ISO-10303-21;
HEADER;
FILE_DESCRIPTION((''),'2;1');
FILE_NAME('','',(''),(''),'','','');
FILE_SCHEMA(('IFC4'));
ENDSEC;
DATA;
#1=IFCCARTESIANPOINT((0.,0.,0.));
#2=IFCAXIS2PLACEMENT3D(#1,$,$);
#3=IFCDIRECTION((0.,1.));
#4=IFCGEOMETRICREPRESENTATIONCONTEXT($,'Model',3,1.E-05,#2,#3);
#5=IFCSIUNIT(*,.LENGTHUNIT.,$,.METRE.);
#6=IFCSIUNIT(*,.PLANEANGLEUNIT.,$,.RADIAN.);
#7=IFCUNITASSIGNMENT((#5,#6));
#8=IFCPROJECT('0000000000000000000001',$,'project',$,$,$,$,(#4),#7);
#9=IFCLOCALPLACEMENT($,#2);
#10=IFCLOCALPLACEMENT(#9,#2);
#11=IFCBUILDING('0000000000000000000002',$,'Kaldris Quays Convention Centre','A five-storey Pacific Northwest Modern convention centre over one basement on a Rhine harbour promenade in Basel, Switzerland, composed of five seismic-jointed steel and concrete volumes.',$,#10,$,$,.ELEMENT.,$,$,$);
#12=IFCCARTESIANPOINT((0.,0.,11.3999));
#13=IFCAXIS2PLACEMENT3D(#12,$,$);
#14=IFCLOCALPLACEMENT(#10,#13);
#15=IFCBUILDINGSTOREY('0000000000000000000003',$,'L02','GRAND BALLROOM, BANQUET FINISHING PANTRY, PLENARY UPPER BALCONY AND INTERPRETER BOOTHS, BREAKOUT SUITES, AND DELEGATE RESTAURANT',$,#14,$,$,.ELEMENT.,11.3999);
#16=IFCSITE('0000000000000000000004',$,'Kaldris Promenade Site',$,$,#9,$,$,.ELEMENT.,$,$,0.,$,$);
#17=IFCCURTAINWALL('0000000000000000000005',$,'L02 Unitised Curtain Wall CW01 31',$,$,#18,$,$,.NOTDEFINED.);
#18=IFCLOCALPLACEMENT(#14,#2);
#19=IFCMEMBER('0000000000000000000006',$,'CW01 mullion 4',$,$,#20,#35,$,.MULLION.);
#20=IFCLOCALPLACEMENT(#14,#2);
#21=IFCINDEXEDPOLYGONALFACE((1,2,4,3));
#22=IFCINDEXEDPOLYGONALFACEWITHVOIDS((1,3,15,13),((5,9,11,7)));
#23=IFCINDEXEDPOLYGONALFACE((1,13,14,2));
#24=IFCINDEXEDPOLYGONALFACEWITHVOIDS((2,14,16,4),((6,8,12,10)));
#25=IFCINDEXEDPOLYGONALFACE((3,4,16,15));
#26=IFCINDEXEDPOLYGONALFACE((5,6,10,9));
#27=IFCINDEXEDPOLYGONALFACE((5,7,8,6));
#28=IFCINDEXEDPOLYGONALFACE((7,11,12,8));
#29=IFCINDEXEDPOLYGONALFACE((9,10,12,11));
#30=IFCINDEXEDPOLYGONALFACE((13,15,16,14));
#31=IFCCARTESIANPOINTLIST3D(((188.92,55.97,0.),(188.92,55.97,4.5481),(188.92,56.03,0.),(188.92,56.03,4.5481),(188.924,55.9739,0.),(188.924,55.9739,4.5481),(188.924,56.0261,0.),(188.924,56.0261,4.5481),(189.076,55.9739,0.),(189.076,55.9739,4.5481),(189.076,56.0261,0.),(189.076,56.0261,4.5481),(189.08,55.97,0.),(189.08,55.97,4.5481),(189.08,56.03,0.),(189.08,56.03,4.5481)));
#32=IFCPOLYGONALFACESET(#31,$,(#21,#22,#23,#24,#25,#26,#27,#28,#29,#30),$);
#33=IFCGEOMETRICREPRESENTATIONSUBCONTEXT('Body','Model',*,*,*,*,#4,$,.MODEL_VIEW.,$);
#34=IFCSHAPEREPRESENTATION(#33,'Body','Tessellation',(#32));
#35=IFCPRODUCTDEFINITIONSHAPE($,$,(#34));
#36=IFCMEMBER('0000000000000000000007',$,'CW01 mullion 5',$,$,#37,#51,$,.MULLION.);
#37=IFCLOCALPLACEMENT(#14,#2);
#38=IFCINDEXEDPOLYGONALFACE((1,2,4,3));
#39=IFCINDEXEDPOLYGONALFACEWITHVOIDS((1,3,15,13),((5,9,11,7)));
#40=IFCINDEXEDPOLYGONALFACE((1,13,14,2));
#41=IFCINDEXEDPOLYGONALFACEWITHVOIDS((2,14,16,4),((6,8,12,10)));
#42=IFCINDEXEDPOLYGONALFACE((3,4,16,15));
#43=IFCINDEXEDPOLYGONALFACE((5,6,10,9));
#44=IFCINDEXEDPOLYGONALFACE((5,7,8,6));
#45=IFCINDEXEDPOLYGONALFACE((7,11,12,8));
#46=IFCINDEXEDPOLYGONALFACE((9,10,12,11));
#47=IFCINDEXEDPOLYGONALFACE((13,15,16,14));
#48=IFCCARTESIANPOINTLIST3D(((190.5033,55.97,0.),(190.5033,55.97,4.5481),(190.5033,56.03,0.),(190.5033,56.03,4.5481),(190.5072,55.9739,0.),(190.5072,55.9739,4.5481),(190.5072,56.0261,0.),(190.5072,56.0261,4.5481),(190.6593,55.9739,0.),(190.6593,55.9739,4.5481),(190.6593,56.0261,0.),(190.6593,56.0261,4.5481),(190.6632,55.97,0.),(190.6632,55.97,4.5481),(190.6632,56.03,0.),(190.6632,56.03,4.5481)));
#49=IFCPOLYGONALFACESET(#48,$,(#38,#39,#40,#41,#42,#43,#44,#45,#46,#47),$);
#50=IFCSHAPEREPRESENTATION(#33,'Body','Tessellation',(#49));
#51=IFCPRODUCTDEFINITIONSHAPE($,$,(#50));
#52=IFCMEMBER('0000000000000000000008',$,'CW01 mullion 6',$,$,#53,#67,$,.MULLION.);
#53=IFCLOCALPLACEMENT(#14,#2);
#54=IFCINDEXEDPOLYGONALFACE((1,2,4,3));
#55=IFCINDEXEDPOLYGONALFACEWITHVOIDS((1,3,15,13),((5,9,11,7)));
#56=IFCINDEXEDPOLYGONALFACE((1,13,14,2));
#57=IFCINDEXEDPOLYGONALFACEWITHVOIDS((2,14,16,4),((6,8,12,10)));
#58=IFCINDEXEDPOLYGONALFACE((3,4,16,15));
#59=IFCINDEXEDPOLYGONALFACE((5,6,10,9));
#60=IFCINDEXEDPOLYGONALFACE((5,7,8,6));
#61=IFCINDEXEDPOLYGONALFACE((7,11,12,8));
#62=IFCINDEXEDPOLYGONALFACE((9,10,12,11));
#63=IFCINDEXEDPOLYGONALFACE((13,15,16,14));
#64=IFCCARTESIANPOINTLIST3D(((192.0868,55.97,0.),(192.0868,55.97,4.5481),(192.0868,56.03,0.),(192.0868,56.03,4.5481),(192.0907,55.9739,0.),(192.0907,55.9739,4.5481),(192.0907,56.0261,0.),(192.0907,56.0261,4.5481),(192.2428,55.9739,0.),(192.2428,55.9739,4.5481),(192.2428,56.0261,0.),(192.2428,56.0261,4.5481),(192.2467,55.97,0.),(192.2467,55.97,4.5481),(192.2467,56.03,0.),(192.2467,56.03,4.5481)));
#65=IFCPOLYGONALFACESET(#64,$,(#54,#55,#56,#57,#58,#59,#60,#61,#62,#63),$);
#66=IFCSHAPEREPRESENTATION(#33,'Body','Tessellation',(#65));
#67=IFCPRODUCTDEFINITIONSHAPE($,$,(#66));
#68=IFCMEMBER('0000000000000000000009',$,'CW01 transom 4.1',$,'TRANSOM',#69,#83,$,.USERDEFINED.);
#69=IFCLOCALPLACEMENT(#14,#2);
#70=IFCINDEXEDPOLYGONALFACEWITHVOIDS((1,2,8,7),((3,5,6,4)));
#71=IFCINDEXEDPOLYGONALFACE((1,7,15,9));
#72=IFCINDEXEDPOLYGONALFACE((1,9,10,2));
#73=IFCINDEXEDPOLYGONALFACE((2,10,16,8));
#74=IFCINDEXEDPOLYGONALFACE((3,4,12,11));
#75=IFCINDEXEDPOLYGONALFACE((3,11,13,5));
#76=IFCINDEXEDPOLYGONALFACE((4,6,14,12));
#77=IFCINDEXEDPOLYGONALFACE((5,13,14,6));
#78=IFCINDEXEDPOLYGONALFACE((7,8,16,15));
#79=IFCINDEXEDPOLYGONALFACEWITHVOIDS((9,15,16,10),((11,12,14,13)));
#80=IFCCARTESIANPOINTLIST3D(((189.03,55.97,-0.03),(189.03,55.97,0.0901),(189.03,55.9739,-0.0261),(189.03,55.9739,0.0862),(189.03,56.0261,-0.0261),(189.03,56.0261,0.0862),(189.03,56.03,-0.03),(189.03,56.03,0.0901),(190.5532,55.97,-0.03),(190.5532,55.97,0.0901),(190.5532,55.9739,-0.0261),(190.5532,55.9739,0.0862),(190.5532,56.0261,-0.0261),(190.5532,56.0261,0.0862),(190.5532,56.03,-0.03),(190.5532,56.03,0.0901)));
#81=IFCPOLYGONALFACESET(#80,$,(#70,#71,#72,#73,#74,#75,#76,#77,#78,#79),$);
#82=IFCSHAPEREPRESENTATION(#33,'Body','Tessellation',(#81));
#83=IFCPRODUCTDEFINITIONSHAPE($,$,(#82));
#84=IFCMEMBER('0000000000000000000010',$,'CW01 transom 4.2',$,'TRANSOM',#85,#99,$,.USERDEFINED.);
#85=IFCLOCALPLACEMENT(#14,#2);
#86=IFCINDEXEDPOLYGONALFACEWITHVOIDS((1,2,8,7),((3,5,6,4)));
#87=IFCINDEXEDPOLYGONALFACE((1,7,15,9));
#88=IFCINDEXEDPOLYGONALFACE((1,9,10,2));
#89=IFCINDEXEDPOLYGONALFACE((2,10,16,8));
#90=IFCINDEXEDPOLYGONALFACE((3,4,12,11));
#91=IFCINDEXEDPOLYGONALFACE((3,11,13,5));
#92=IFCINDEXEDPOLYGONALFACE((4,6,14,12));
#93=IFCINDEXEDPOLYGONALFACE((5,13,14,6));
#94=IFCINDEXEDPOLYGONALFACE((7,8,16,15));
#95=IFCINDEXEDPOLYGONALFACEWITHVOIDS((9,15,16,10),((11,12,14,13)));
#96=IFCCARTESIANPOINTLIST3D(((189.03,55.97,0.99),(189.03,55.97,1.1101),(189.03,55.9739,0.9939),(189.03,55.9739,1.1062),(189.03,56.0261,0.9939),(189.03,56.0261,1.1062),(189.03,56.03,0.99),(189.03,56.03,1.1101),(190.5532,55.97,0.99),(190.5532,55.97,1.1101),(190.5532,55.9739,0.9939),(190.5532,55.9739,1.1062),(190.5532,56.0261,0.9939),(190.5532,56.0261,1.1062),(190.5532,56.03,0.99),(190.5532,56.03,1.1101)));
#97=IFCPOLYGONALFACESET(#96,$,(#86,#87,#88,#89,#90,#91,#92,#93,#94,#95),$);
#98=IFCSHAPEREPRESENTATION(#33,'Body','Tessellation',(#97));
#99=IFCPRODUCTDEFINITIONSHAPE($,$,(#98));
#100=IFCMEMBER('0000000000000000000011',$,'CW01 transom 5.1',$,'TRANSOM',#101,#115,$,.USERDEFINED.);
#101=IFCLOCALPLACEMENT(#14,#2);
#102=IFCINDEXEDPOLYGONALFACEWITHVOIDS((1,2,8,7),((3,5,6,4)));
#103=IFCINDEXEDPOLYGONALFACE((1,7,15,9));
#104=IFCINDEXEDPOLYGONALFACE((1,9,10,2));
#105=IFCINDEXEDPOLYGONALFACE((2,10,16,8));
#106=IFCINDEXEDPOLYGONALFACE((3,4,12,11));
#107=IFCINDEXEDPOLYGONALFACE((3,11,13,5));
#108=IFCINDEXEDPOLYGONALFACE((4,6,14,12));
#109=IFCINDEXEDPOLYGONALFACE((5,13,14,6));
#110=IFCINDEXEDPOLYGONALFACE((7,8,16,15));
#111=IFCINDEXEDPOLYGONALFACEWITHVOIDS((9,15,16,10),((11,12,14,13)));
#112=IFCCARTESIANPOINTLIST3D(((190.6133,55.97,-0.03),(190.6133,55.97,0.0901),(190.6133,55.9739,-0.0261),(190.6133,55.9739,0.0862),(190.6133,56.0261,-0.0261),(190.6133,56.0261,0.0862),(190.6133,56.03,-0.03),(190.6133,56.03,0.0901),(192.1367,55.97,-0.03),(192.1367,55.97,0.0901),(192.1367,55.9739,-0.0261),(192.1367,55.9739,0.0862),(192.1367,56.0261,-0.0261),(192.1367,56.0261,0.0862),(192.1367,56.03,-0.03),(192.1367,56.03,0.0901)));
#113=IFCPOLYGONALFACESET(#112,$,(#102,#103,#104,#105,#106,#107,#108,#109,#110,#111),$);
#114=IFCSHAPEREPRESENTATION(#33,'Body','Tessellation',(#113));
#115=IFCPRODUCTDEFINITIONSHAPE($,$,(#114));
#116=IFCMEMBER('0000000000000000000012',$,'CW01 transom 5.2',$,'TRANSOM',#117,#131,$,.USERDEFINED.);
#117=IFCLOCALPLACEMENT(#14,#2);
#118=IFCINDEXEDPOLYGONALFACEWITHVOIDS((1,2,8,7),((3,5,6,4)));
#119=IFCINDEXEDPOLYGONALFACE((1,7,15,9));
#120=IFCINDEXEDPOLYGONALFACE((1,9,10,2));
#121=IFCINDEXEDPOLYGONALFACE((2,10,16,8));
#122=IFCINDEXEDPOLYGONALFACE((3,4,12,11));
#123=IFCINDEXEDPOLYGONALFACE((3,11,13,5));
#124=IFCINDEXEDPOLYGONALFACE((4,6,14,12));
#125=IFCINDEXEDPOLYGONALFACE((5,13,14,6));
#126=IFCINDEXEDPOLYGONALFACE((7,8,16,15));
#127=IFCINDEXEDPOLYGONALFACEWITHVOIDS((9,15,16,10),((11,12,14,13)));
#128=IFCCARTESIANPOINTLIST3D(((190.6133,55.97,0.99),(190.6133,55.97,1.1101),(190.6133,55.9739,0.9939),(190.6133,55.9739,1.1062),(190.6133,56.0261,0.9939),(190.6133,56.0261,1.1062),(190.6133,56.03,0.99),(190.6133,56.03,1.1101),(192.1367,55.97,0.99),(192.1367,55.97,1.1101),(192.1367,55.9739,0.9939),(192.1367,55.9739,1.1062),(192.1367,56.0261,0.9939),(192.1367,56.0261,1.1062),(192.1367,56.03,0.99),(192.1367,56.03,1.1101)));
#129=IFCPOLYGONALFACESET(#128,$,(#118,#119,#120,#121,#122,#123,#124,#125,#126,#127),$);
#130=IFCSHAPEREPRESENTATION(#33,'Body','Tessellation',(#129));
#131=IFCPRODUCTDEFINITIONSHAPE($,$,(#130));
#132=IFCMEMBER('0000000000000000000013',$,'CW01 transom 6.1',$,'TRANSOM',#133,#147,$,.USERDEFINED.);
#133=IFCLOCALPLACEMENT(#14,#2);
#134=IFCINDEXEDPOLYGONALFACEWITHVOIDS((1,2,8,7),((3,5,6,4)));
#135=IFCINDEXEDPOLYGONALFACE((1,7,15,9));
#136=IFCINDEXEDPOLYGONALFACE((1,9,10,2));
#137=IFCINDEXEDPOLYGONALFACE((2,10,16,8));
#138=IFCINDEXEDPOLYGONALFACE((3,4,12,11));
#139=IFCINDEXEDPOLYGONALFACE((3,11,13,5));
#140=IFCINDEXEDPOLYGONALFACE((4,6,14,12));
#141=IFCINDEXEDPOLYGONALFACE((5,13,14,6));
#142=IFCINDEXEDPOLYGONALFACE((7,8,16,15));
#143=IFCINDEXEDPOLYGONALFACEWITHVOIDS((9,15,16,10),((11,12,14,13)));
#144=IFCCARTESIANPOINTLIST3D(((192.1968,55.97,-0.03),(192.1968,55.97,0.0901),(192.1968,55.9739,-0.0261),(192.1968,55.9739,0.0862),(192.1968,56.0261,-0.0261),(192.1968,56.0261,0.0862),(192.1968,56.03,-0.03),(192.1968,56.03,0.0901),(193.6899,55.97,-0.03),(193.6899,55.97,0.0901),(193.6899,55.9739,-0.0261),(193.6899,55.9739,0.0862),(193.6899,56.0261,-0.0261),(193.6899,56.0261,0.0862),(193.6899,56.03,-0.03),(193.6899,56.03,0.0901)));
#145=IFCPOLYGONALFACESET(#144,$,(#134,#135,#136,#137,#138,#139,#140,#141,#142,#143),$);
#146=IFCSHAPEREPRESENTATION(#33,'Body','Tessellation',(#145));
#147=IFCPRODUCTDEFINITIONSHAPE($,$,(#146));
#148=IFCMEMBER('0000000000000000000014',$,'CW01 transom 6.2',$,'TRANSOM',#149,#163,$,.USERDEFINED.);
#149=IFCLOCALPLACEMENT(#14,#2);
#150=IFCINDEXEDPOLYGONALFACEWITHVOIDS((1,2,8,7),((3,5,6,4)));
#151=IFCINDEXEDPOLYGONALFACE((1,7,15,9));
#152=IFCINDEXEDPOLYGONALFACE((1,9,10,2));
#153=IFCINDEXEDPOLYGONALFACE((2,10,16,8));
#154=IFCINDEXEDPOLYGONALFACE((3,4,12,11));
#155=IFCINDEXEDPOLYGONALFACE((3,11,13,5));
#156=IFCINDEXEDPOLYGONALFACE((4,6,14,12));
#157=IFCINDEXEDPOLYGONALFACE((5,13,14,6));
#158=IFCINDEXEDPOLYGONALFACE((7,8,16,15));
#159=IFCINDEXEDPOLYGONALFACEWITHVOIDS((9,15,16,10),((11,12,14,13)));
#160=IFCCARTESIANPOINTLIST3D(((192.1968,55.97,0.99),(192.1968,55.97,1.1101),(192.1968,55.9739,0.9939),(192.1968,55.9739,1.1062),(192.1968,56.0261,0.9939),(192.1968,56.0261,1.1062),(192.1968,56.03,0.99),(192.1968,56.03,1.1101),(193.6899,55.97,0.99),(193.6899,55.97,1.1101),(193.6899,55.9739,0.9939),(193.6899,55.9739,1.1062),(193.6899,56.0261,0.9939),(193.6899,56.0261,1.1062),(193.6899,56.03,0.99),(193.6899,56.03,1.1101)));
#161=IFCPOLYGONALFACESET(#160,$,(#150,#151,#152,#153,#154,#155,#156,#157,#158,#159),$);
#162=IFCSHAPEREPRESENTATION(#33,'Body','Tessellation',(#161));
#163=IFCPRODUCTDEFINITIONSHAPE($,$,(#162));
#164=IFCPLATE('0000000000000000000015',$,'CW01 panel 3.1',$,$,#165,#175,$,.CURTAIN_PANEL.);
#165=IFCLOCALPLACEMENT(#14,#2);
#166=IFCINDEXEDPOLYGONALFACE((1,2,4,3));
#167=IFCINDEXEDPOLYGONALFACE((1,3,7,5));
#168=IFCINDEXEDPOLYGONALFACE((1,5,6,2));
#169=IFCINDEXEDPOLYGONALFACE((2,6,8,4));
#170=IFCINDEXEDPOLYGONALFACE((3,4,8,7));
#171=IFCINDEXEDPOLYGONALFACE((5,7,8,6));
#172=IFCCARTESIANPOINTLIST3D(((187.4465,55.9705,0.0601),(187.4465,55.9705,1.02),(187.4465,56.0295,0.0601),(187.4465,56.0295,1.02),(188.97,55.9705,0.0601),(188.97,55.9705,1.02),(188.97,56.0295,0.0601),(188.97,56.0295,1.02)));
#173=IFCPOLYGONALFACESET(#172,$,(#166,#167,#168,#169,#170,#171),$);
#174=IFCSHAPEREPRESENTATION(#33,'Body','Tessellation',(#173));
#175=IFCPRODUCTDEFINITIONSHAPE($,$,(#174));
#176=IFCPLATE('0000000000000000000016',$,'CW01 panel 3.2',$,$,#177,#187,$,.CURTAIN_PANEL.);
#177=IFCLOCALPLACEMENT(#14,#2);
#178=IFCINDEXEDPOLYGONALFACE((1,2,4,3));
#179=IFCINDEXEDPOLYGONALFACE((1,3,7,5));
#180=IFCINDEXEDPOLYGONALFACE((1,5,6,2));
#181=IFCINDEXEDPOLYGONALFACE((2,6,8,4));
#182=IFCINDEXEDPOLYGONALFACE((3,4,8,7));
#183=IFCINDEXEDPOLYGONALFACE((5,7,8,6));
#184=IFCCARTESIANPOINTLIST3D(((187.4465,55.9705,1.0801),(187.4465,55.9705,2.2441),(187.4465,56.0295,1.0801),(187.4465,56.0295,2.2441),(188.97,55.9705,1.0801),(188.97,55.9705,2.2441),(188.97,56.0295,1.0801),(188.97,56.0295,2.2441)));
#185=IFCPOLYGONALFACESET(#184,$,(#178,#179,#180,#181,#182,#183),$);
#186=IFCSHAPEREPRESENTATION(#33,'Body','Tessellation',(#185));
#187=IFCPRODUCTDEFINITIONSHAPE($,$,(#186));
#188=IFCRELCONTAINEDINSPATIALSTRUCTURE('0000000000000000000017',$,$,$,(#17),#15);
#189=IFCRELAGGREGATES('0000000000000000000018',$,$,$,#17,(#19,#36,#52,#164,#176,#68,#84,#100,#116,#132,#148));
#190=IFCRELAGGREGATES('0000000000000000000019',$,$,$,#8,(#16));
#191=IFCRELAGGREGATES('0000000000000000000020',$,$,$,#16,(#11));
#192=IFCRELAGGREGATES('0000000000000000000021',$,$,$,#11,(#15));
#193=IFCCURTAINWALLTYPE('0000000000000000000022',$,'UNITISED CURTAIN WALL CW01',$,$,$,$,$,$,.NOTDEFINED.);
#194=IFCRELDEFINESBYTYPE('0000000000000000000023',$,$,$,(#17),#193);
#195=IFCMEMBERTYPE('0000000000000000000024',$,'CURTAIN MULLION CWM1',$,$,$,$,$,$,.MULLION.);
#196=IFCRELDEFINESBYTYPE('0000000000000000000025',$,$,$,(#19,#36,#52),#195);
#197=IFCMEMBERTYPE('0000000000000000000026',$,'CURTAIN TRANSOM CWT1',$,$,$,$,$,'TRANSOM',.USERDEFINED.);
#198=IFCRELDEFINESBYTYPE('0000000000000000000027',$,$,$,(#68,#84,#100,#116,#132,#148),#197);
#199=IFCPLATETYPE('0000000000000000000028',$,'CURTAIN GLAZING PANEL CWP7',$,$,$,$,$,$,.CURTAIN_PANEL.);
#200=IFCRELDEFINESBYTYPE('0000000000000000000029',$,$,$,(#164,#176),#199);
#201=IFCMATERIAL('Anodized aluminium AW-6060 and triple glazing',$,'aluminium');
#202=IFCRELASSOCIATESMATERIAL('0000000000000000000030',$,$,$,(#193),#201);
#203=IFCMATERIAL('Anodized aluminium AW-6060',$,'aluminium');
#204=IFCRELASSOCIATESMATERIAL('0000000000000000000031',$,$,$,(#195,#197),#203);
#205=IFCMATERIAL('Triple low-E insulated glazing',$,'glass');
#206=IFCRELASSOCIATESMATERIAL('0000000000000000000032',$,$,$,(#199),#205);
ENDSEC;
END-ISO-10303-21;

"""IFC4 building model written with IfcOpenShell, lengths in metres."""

from ifc_helpers import new_model, si_unit, direction, frame, origin, origin_2d, place, context, subcontext, project, spatial, rectangle, hollow_rectangle, extrude, material, material_profile, profile_set, type_object, element, aggregate, save


model = new_model("IFC4")

# Units and contexts
model_context = context("Model", 3, precision=1e-05, world=origin(), true_north=direction((0.0, 1.0)))
body_context = subcontext(model_context, "Body", "Model", "MODEL_VIEW")
ifc_project = project(units=[si_unit("LENGTHUNIT", "METRE"), si_unit("PLANEANGLEUNIT", "RADIAN")], contexts=[model_context])

# Site, building, storey
site_placement = place(None, origin())
site = spatial("IfcSite", under=ifc_project, at=site_placement, Name="Kaldris Promenade Site", CompositionType="ELEMENT", RefElevation=0.0)
building_placement = place(site_placement, origin())
building = spatial("IfcBuilding", under=site, at=building_placement, Name="Kaldris Quays Convention Centre", Description="A five-storey Pacific Northwest Modern convention centre over one basement on a Rhine harbour promenade in Basel, Switzerland, composed of five seismic-jointed steel and concrete volumes.", CompositionType="ELEMENT")
storey_placement = place(building_placement, frame((0.0, 0.0, 11.3999)))
storey = spatial("IfcBuildingStorey", under=building, at=storey_placement, Name="L02", Description="GRAND BALLROOM, BANQUET FINISHING PANTRY, PLENARY UPPER BALCONY AND INTERPRETER BOOTHS, BREAKOUT SUITES, AND DELEGATE RESTAURANT", CompositionType="ELEMENT", Elevation=11.3999)

# Curtain wall, members, plates
ifc_material_1 = material(Name="Anodized aluminium AW-6060 and triple glazing", Category="aluminium")
curtain_wall_type = type_object("IfcCurtainWallType", Name="UNITISED CURTAIN WALL CW01", PredefinedType="NOTDEFINED", material=ifc_material_1)
curtain_wall_placement = place(storey_placement, origin())
curtain_wall = element("IfcCurtainWall", 1, at=curtain_wall_placement, inside=storey, type_object=curtain_wall_type, Name="L02 Unitised Curtain Wall CW01 31", PredefinedType="NOTDEFINED")
ifc_material_2 = material(Name="Anodized aluminium AW-6060", Category="aluminium")
ifc_material_profile_1 = material_profile(ifc_material_2, hollow_rectangle(XDim=0.0601, YDim=0.1599, WallThickness=0.0039, at=origin_2d()), Name="RHS 160x60x4")
ifc_profile_set_1 = profile_set([ifc_material_profile_1], Name="Anodized aluminium AW-6060")
member_type_1 = type_object("IfcMemberType", Name="CURTAIN MULLION CWM1", PredefinedType="MULLION", material=ifc_profile_set_1)
member_1_placement = place(storey_placement, frame((189.0, 56.0, 0.0), z_axis=(0.0, 0.0, 1.0), x_axis=(0.0, 1.0, 0.0)))
member_1 = element("IfcMember", 2, at=member_1_placement, type_object=member_type_1, Name="CW01 mullion 4", PredefinedType="MULLION", context=body_context, shape_type="SweptSolid", body=[
    extrude(hollow_rectangle(XDim=0.0601, YDim=0.1599, WallThickness=0.0039, at=origin_2d()), origin(), (0.0, 0.0, 1.0), 4.5481),
])
member_2_placement = place(storey_placement, frame((190.5833, 56.0, 0.0), z_axis=(0.0, 0.0, 1.0), x_axis=(0.0, 1.0, 0.0)))
member_2 = element("IfcMember", 3, at=member_2_placement, type_object=member_type_1, Name="CW01 mullion 5", PredefinedType="MULLION", context=body_context, shape_type="SweptSolid", body=[
    extrude(hollow_rectangle(XDim=0.0601, YDim=0.1599, WallThickness=0.0039, at=origin_2d()), origin(), (0.0, 0.0, 1.0), 4.5481),
])
member_3_placement = place(storey_placement, frame((192.1667, 56.0, 0.0), z_axis=(0.0, 0.0, 1.0), x_axis=(0.0, 1.0, 0.0)))
member_3 = element("IfcMember", 4, at=member_3_placement, type_object=member_type_1, Name="CW01 mullion 6", PredefinedType="MULLION", context=body_context, shape_type="SweptSolid", body=[
    extrude(hollow_rectangle(XDim=0.0601, YDim=0.1599, WallThickness=0.0039, at=origin_2d()), origin(), (0.0, 0.0, 1.0), 4.5481),
])
ifc_material_profile_2 = material_profile(ifc_material_2, hollow_rectangle(XDim=0.0601, YDim=0.1201, WallThickness=0.0039, at=origin_2d()), Name="RHS 120x60x4")
ifc_profile_set_2 = profile_set([ifc_material_profile_2], Name="Anodized aluminium AW-6060")
member_type_2 = type_object("IfcMemberType", Name="CURTAIN TRANSOM CWT1", ElementType="TRANSOM", PredefinedType="USERDEFINED", material=ifc_profile_set_2)
member_4_placement = place(storey_placement, frame((189.03, 56.0, 0.03), z_axis=(1.0, 0.0, 0.0), x_axis=(0.0, 1.0, 0.0)))
member_4 = element("IfcMember", 5, at=member_4_placement, type_object=member_type_2, Name="CW01 transom 4.1", ObjectType="TRANSOM", PredefinedType="USERDEFINED", context=body_context, shape_type="SweptSolid", body=[
    extrude(hollow_rectangle(XDim=0.0601, YDim=0.1201, WallThickness=0.0039, at=origin_2d()), origin(), (0.0, 0.0, 1.0), 1.5232),
])
member_5_placement = place(storey_placement, frame((189.03, 56.0, 1.05), z_axis=(1.0, 0.0, 0.0), x_axis=(0.0, 1.0, 0.0)))
member_5 = element("IfcMember", 6, at=member_5_placement, type_object=member_type_2, Name="CW01 transom 4.2", ObjectType="TRANSOM", PredefinedType="USERDEFINED", context=body_context, shape_type="SweptSolid", body=[
    extrude(hollow_rectangle(XDim=0.0601, YDim=0.1201, WallThickness=0.0039, at=origin_2d()), origin(), (0.0, 0.0, 1.0), 1.5232),
])
member_6_placement = place(storey_placement, frame((190.6133, 56.0, 0.03), z_axis=(1.0, 0.0, 0.0), x_axis=(0.0, 1.0, 0.0)))
member_6 = element("IfcMember", 7, at=member_6_placement, type_object=member_type_2, Name="CW01 transom 5.1", ObjectType="TRANSOM", PredefinedType="USERDEFINED", context=body_context, shape_type="SweptSolid", body=[
    extrude(hollow_rectangle(XDim=0.0601, YDim=0.1201, WallThickness=0.0039, at=origin_2d()), origin(), (0.0, 0.0, 1.0), 1.5234),
])
member_7_placement = place(storey_placement, frame((190.6133, 56.0, 1.05), z_axis=(1.0, 0.0, 0.0), x_axis=(0.0, 1.0, 0.0)))
member_7 = element("IfcMember", 8, at=member_7_placement, type_object=member_type_2, Name="CW01 transom 5.2", ObjectType="TRANSOM", PredefinedType="USERDEFINED", context=body_context, shape_type="SweptSolid", body=[
    extrude(hollow_rectangle(XDim=0.0601, YDim=0.1201, WallThickness=0.0039, at=origin_2d()), origin(), (0.0, 0.0, 1.0), 1.5234),
])
member_8_placement = place(storey_placement, frame((192.1968, 56.0, 0.03), z_axis=(1.0, 0.0, 0.0), x_axis=(0.0, 1.0, 0.0)))
member_8 = element("IfcMember", 9, at=member_8_placement, type_object=member_type_2, Name="CW01 transom 6.1", ObjectType="TRANSOM", PredefinedType="USERDEFINED", context=body_context, shape_type="SweptSolid", body=[
    extrude(hollow_rectangle(XDim=0.0601, YDim=0.1201, WallThickness=0.0039, at=origin_2d()), origin(), (0.0, 0.0, 1.0), 1.4932),
])
member_9_placement = place(storey_placement, frame((192.1968, 56.0, 1.05), z_axis=(1.0, 0.0, 0.0), x_axis=(0.0, 1.0, 0.0)))
member_9 = element("IfcMember", 10, at=member_9_placement, type_object=member_type_2, Name="CW01 transom 6.2", ObjectType="TRANSOM", PredefinedType="USERDEFINED", context=body_context, shape_type="SweptSolid", body=[
    extrude(hollow_rectangle(XDim=0.0601, YDim=0.1201, WallThickness=0.0039, at=origin_2d()), origin(), (0.0, 0.0, 1.0), 1.4932),
])
ifc_material_3 = material(Name="Triple low-E insulated glazing", Category="glass")
plate_type = type_object("IfcPlateType", Name="CURTAIN GLAZING PANEL CWP7", PredefinedType="CURTAIN_PANEL", material=ifc_material_3)
plate_1_placement = place(storey_placement, frame((188.2083, 56.0, 0.0601), z_axis=(0.0, 0.0, 1.0), x_axis=(1.0, 0.0, 0.0)))
plate_1 = element("IfcPlate", 11, at=plate_1_placement, type_object=plate_type, Name="CW01 panel 3.1", PredefinedType="CURTAIN_PANEL", context=body_context, shape_type="SweptSolid", body=[
    extrude(rectangle(XDim=1.5234, YDim=0.0591, at=origin_2d()), origin(), (0.0, 0.0, 1.0), 0.96),
])
plate_2_placement = place(storey_placement, frame((188.2083, 56.0, 1.0801), z_axis=(0.0, 0.0, 1.0), x_axis=(1.0, 0.0, 0.0)))
plate_2 = element("IfcPlate", 12, at=plate_2_placement, type_object=plate_type, Name="CW01 panel 3.2", PredefinedType="CURTAIN_PANEL", context=body_context, shape_type="SweptSolid", body=[
    extrude(rectangle(XDim=1.5234, YDim=0.0591, at=origin_2d()), origin(), (0.0, 0.0, 1.0), 1.1641),
])
aggregate(curtain_wall, [member_1, member_2, member_3, plate_1, plate_2, member_4, member_5, member_6, member_7, member_8, member_9])

save(model, "model.ifc")
